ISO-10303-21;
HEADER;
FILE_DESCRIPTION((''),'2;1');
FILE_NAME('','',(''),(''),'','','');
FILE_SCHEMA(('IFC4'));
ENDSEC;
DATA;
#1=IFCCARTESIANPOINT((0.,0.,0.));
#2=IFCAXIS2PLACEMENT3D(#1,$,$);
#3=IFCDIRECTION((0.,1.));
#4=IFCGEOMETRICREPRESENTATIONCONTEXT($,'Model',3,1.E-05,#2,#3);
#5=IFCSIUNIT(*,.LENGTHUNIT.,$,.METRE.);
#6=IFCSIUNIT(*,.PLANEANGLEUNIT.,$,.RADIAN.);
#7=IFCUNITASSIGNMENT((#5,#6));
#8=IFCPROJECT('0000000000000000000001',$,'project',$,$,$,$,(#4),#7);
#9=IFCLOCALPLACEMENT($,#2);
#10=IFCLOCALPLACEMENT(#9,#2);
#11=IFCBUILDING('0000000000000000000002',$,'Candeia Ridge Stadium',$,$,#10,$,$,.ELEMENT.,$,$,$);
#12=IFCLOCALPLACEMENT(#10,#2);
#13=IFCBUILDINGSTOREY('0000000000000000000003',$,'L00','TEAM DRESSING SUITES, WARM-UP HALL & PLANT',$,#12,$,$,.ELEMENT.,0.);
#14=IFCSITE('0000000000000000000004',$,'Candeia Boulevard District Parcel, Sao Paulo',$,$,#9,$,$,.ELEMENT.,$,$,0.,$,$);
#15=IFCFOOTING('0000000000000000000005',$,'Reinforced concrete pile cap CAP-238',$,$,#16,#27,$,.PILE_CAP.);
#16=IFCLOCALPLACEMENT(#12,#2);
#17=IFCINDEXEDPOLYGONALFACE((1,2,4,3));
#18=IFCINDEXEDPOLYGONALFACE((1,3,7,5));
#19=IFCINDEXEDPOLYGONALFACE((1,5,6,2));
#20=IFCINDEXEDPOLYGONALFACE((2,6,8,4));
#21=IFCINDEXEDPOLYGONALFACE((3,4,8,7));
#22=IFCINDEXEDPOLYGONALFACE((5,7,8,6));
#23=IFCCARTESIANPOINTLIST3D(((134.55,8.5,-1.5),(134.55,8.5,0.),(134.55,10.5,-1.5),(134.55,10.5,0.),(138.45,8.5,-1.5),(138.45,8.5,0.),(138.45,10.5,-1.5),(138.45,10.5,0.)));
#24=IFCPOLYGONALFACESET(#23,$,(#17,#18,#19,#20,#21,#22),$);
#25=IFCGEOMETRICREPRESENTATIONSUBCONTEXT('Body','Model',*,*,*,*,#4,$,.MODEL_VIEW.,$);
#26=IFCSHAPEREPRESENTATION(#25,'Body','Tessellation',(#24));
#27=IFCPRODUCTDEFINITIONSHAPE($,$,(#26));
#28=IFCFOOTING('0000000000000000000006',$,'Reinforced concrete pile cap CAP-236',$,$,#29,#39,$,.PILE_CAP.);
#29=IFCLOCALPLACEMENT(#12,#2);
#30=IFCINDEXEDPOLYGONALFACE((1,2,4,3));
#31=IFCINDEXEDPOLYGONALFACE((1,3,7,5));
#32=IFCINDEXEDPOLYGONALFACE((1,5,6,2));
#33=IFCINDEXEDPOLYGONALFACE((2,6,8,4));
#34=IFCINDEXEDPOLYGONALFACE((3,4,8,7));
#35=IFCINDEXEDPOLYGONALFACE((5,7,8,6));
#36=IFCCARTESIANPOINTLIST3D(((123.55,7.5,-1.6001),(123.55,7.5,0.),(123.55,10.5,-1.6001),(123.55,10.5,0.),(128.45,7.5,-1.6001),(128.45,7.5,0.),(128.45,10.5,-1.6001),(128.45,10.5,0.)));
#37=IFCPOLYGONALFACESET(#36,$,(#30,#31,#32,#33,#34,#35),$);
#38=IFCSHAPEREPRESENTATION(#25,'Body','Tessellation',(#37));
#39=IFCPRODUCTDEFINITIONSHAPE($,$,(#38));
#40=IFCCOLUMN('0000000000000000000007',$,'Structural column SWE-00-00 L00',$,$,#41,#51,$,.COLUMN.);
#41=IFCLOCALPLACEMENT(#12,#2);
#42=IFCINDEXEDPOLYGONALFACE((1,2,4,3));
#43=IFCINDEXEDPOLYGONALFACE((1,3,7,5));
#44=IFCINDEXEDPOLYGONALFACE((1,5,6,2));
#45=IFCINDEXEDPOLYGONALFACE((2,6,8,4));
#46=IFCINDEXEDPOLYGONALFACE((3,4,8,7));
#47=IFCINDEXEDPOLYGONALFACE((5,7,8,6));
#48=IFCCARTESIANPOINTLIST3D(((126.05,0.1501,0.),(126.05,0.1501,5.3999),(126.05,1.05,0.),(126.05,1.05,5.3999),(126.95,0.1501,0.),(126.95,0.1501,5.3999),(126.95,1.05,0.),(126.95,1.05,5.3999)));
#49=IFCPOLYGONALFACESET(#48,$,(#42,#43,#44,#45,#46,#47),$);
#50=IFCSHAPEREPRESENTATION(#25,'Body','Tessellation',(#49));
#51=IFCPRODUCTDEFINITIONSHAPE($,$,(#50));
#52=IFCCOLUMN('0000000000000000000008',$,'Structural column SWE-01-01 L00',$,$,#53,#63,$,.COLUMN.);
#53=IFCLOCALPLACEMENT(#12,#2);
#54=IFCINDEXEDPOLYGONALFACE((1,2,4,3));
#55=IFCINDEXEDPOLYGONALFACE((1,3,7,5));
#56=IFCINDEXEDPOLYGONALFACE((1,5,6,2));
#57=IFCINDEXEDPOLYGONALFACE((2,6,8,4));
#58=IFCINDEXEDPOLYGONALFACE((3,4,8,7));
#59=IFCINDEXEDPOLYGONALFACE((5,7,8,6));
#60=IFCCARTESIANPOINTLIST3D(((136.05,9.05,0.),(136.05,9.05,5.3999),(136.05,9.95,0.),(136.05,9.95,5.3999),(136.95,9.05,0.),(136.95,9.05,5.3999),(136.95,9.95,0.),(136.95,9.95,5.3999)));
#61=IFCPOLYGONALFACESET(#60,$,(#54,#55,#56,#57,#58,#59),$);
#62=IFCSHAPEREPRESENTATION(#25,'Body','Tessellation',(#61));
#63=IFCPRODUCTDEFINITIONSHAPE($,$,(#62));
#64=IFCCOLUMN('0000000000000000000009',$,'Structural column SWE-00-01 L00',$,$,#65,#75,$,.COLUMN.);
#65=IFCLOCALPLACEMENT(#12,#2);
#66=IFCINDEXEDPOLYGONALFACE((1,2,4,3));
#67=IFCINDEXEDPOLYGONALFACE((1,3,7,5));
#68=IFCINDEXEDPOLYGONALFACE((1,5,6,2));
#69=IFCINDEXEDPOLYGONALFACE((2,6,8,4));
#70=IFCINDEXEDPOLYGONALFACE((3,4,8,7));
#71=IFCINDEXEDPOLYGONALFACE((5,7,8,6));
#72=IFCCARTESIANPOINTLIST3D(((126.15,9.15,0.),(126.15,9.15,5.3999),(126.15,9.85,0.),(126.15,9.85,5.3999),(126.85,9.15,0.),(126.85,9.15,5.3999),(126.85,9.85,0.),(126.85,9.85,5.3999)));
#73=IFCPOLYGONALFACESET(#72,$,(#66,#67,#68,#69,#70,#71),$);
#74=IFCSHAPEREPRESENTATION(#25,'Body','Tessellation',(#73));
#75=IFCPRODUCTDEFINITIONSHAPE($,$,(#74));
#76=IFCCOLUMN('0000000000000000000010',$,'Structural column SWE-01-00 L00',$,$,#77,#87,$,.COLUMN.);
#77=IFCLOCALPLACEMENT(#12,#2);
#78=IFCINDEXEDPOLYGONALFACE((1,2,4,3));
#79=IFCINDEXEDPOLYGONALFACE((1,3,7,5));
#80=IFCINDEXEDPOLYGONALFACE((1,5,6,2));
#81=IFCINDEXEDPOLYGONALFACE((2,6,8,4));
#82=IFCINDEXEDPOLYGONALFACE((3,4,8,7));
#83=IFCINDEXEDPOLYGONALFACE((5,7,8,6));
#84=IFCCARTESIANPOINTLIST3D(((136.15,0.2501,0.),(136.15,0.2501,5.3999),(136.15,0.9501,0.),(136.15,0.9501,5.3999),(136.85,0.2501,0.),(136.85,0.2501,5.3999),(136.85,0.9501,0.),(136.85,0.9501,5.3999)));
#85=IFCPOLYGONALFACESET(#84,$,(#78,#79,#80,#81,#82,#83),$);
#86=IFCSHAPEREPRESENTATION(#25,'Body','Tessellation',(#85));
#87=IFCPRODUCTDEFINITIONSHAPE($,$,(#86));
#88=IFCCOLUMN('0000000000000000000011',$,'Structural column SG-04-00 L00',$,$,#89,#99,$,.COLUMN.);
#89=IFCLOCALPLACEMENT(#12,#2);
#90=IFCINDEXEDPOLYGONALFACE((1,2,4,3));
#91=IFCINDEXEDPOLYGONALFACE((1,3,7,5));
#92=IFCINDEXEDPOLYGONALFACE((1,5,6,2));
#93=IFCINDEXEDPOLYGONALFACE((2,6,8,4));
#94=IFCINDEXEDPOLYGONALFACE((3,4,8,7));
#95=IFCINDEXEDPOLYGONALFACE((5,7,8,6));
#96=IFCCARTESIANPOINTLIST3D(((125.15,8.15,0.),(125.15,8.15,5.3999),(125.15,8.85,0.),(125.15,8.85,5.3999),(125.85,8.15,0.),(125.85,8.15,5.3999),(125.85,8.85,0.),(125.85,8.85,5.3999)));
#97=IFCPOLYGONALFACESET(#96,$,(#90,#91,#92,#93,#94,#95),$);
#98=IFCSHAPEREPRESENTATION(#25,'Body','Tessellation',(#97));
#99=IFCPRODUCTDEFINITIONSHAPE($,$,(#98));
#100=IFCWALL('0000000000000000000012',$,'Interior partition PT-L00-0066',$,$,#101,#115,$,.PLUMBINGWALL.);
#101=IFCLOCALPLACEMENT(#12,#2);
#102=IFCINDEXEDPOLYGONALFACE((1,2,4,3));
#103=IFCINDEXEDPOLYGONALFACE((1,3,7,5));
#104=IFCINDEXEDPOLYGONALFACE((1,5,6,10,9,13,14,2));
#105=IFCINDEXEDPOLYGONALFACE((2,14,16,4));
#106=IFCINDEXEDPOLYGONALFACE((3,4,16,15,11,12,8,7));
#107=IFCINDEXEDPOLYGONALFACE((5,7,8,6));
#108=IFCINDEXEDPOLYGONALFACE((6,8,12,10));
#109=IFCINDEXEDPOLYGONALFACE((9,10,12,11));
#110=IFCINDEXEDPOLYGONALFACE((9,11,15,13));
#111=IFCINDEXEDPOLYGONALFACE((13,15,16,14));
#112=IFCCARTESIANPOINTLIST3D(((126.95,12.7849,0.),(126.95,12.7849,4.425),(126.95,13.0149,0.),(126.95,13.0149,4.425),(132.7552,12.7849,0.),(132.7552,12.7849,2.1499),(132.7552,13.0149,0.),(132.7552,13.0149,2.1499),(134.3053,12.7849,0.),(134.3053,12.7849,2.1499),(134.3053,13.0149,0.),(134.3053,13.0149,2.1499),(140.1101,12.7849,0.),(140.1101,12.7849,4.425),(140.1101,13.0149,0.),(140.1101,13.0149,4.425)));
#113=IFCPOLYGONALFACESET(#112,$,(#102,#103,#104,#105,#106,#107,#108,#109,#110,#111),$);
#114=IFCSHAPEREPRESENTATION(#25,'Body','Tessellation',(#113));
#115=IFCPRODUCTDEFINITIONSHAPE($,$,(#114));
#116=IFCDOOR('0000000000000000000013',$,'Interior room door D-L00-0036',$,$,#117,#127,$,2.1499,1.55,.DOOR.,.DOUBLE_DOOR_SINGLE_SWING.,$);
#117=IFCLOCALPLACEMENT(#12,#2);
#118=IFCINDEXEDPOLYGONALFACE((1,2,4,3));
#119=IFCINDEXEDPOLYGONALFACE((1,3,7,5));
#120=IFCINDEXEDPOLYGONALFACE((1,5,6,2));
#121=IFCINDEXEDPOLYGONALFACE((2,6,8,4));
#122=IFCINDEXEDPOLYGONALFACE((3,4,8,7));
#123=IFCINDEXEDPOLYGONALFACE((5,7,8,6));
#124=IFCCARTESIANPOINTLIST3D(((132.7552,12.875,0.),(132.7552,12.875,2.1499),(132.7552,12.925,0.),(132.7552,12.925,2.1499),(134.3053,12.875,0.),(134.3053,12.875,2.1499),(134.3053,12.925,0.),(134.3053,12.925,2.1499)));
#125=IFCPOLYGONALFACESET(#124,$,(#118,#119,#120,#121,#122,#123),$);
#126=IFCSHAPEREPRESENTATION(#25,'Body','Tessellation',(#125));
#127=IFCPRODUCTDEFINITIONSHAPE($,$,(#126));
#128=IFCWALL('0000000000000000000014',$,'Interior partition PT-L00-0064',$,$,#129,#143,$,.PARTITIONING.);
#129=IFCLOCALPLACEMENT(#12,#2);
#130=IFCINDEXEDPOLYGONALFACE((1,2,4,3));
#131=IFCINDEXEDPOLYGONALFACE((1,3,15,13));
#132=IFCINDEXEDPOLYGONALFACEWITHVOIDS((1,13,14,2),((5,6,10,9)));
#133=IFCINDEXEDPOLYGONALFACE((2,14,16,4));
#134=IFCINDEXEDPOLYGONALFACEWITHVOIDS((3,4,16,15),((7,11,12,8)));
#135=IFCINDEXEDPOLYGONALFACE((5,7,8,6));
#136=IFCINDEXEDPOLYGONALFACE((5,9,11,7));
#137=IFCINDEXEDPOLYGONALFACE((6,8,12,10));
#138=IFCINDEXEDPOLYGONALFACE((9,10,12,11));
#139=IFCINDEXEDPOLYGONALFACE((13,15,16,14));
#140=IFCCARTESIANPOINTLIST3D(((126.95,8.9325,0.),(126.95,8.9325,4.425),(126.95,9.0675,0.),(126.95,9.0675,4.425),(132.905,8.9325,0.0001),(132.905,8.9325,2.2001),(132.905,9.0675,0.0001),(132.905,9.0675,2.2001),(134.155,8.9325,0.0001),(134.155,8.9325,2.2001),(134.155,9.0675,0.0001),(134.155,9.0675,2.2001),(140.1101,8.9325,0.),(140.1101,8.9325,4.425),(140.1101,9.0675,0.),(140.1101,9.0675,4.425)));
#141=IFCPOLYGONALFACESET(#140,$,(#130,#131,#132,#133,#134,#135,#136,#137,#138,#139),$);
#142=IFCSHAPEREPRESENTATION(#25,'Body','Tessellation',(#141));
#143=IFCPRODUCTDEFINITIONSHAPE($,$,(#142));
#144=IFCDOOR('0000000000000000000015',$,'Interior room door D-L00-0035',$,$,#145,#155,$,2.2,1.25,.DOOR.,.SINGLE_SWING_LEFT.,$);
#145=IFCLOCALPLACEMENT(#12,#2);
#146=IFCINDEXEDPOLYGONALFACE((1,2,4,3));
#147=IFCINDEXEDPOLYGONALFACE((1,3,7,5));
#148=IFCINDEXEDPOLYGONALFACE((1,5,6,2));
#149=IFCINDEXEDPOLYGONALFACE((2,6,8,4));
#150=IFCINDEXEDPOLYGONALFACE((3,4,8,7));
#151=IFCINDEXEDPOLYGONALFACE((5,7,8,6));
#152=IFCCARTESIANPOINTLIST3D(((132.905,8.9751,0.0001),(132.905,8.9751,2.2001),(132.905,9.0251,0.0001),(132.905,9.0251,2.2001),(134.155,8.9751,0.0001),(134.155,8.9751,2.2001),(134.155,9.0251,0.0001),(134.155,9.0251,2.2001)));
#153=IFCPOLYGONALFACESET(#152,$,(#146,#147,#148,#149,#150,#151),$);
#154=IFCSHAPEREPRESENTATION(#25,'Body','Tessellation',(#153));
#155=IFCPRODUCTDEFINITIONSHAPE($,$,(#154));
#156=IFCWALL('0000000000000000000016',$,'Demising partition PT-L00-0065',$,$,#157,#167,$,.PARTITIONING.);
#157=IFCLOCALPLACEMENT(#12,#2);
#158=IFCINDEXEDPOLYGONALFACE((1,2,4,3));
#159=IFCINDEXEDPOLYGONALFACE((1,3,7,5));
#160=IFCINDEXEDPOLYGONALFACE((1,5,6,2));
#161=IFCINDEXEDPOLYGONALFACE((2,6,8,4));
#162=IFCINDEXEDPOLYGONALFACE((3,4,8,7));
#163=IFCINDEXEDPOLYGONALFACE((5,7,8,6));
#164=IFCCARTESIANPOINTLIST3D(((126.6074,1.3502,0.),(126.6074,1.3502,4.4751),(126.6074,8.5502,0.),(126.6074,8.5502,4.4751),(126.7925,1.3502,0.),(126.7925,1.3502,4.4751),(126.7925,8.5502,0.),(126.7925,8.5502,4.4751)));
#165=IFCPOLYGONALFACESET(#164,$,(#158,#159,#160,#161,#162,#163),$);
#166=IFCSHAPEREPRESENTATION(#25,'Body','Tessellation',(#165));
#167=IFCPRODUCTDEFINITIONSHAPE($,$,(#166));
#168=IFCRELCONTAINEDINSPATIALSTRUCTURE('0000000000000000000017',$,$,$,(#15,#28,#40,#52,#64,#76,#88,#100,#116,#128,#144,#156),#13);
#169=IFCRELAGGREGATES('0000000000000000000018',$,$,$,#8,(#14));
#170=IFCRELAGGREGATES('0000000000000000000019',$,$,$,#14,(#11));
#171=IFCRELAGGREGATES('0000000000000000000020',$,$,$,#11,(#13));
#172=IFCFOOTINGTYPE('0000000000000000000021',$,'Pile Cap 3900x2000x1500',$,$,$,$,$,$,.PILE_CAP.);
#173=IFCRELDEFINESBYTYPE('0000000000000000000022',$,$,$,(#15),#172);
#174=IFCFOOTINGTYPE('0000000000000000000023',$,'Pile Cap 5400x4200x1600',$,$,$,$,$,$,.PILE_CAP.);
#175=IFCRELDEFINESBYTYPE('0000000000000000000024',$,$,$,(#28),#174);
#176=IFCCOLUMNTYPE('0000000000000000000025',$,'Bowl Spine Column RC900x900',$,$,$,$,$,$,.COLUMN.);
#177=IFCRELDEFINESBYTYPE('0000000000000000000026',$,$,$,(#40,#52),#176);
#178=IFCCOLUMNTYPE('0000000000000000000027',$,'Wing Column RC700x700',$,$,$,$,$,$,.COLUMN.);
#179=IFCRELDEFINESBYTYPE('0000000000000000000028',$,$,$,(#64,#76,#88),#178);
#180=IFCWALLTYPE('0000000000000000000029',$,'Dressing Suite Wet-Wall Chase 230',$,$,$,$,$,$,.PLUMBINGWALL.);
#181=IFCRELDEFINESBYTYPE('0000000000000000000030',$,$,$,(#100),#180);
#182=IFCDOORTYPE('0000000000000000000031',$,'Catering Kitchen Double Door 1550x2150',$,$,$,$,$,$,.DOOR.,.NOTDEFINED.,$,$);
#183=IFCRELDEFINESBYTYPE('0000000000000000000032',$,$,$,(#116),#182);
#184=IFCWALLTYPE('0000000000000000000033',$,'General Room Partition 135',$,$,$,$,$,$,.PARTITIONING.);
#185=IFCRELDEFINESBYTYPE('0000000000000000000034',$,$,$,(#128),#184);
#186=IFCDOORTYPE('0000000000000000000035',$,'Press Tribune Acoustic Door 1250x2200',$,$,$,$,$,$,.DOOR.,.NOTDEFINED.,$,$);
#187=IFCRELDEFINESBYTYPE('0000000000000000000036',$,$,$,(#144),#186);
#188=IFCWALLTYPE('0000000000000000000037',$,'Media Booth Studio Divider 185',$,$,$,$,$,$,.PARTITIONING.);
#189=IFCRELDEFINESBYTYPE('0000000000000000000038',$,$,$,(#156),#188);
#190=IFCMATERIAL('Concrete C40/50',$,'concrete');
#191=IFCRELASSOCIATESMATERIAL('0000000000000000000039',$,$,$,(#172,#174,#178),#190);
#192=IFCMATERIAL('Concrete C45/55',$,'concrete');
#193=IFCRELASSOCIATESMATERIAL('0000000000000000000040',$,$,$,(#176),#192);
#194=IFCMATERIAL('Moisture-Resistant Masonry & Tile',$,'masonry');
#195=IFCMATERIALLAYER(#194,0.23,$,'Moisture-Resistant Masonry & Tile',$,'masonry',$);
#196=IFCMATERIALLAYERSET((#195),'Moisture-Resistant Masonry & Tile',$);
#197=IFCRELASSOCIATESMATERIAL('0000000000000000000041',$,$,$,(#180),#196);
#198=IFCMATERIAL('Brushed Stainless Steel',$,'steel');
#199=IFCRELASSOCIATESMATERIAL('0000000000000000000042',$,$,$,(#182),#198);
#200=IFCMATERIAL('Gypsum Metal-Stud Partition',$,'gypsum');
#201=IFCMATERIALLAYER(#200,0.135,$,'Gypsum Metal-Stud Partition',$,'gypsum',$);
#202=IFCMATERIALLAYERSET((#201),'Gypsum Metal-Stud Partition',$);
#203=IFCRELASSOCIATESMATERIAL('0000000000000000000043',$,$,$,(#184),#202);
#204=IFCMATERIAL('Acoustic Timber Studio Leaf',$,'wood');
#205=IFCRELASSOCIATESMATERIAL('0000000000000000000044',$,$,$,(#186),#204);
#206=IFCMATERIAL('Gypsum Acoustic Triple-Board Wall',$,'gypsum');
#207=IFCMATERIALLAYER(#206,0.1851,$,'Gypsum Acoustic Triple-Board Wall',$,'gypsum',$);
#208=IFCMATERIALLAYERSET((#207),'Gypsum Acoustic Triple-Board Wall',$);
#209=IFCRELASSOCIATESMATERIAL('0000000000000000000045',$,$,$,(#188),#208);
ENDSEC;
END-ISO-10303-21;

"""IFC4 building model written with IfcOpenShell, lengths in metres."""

from ifc_helpers import new_model, si_unit, direction, frame, frame_2d, origin, origin_2d, place, context, subcontext, project, spatial, rectangle, extrude, material, layer, layer_set, material_profile, profile_set, type_object, element, fill, save


model = new_model("IFC4")

# Units and contexts
model_context = context("Model", 3, precision=1e-05, world=origin(), true_north=direction((0.0, 1.0)))
body_context = subcontext(model_context, "Body", "Model", "MODEL_VIEW")
ifc_project = project(units=[si_unit("LENGTHUNIT", "METRE"), si_unit("PLANEANGLEUNIT", "RADIAN")], contexts=[model_context])

# Site, building, storey
site_placement = place(None, origin())
site = spatial("IfcSite", under=ifc_project, at=site_placement, Name="Candeia Boulevard District Parcel, Sao Paulo", CompositionType="ELEMENT", RefElevation=0.0)
building_placement = place(site_placement, origin())
building = spatial("IfcBuilding", under=site, at=building_placement, Name="Candeia Ridge Stadium", CompositionType="ELEMENT")
storey_placement = place(building_placement, origin())
storey = spatial("IfcBuildingStorey", under=building, at=storey_placement, Name="L00", Description="TEAM DRESSING SUITES, WARM-UP HALL & PLANT", CompositionType="ELEMENT", Elevation=0.0)

# Shared definitions
ifc_material_1 = material(Name="Concrete C40/50", Category="concrete")

# Footings
footing_type_1 = type_object("IfcFootingType", Name="Pile Cap 3900x2000x1500", PredefinedType="PILE_CAP", material=ifc_material_1)
for number, where, z_axis, x_axis, name in (
    (1, (136.5, 9.5, -1.5), (0.0, 0.0, 1.0), (1.0, 0.0, 0.0), "Reinforced concrete pile cap CAP-238"),
):
    element("IfcFooting", number, at=place(storey_placement, frame(where, z_axis=z_axis, x_axis=x_axis)), inside=storey, type_object=footing_type_1, Name=name, PredefinedType="PILE_CAP", context=body_context, shape_type="SweptSolid", body=[
        extrude(rectangle(XDim=3.8999, YDim=2.0, at=origin_2d()), origin(), (0.0, 0.0, 1.0), 1.5),
    ])
footing_type_2 = type_object("IfcFootingType", Name="Pile Cap 5400x4200x1600", PredefinedType="PILE_CAP", material=ifc_material_1)
footing_1_placement = place(storey_placement, frame((126.0, 9.0, -1.6001), z_axis=(0.0, 0.0, 1.0), x_axis=(1.0, 0.0, 0.0)))
element("IfcFooting", 2, at=footing_1_placement, inside=storey, type_object=footing_type_2, Name="Reinforced concrete pile cap CAP-236", PredefinedType="PILE_CAP", context=body_context, shape_type="SweptSolid", body=[
    extrude(rectangle(XDim=4.8999, YDim=3.0, at=origin_2d()), origin(), (0.0, 0.0, 1.0), 1.6001),
])

# Columns
ifc_material_2 = material(Name="Concrete C45/55", Category="concrete")
ifc_material_profile_1 = material_profile(ifc_material_2, rectangle(XDim=0.8999, YDim=0.8999, at=origin_2d()), Name="RC900x900", Category="concrete")
ifc_profile_set_1 = profile_set([ifc_material_profile_1], Name="Concrete C45/55")
column_type_1 = type_object("IfcColumnType", Name="Bowl Spine Column RC900x900", PredefinedType="COLUMN", material=ifc_profile_set_1)
for number, where, z_axis, x_axis, name in (
    (3, (126.5, 0.6001, 0.0), (0.0, 0.0, 1.0), (1.0, 0.0, 0.0), "Structural column SWE-00-00 L00"),
    (4, (136.5, 9.5, 0.0), (0.0, 0.0, 1.0), (1.0, 0.0, 0.0), "Structural column SWE-01-01 L00"),
):
    element("IfcColumn", number, at=place(storey_placement, frame(where, z_axis=z_axis, x_axis=x_axis)), inside=storey, type_object=column_type_1, Name=name, PredefinedType="COLUMN", context=body_context, shape_type="SweptSolid", body=[
        extrude(rectangle(XDim=0.8999, YDim=0.8999, at=origin_2d()), origin(), (0.0, 0.0, 1.0), 5.3999),
    ])
ifc_material_profile_2 = material_profile(ifc_material_1, rectangle(XDim=0.7, YDim=0.7, at=origin_2d()), Name="RC700x700", Category="concrete")
ifc_profile_set_2 = profile_set([ifc_material_profile_2], Name="Concrete C40/50")
column_type_2 = type_object("IfcColumnType", Name="Wing Column RC700x700", PredefinedType="COLUMN", material=ifc_profile_set_2)
for number, where, z_axis, x_axis, name in (
    (5, (126.5, 9.5, 0.0), (0.0, 0.0, 1.0), (1.0, 0.0, 0.0), "Structural column SWE-00-01 L00"),
    (6, (136.5, 0.6001, 0.0), (0.0, 0.0, 1.0), (1.0, 0.0, 0.0), "Structural column SWE-01-00 L00"),
    (7, (125.5, 8.5, 0.0), (0.0, 0.0, 1.0), (1.0, 0.0, 0.0), "Structural column SG-04-00 L00"),
):
    element("IfcColumn", number, at=place(storey_placement, frame(where, z_axis=z_axis, x_axis=x_axis)), inside=storey, type_object=column_type_2, Name=name, PredefinedType="COLUMN", context=body_context, shape_type="SweptSolid", body=[
        extrude(rectangle(XDim=0.7, YDim=0.7, at=origin_2d()), origin(), (0.0, 0.0, 1.0), 5.3999),
    ])

# Walls, openings, doors
ifc_material_3 = material(Name="Moisture-Resistant Masonry & Tile", Category="masonry")
ifc_layer_1 = layer(ifc_material_3, 0.23, Name="Moisture-Resistant Masonry & Tile", Category="masonry")
ifc_layer_set_1 = layer_set([ifc_layer_1], Name="Moisture-Resistant Masonry & Tile")
wall_type_1 = type_object("IfcWallType", Name="Dressing Suite Wet-Wall Chase 230", PredefinedType="PLUMBINGWALL", material=ifc_layer_set_1)
wall_1_placement = place(storey_placement, frame((140.1101, 12.8999, 0.0), z_axis=(0.0, 0.0, 1.0), x_axis=(-1.0, 0.0, 0.0)))
wall_1 = element("IfcWall", 8, at=wall_1_placement, inside=storey, type_object=wall_type_1, Name="Interior partition PT-L00-0066", PredefinedType="PLUMBINGWALL", context=body_context, shape_type="SweptSolid", body=[
    extrude(rectangle(XDim=13.1602, YDim=0.23, at=frame_2d((6.5801, 0.0))), origin(), (0.0, 0.0, 1.0), 4.425),
])
opening_1_placement = place(wall_1_placement, frame((5.8049, 0.0, 0.0)))
opening_1 = element("IfcOpeningElement", 9, at=opening_1_placement, cuts=wall_1, PredefinedType="OPENING", context=body_context, shape_type="SweptSolid", body=[
    extrude(rectangle(XDim=1.55, YDim=2.1499, at=frame_2d((0.7749, 1.075))), frame((0.0, 0.125, 0.0), z_axis=(0.0, -1.0, 0.0), x_axis=(1.0, 0.0, 0.0)), (0.0, 0.0, 1.0), 0.25),
])
ifc_material_4 = material(Name="Brushed Stainless Steel", Category="steel")
door_type_1 = type_object("IfcDoorType", Name="Catering Kitchen Double Door 1550x2150", OperationType="NOTDEFINED", PredefinedType="DOOR", material=ifc_material_4)
door_1_placement = place(opening_1_placement, origin())
door_1 = element("IfcDoor", 10, at=door_1_placement, inside=storey, type_object=door_type_1, Name="Interior room door D-L00-0036", OperationType="DOUBLE_DOOR_SINGLE_SWING", OverallHeight=2.1499, OverallWidth=1.55, PredefinedType="DOOR", context=body_context, shape_type="SweptSolid", body=[
    extrude(rectangle(XDim=1.55, YDim=2.1499, at=frame_2d((0.7749, 1.075))), frame((0.0, 0.0249, 0.0), z_axis=(0.0, -1.0, 0.0), x_axis=(1.0, 0.0, 0.0)), (0.0, 0.0, 1.0), 0.05),
])
fill(opening_1, door_1)
ifc_material_5 = material(Name="Gypsum Metal-Stud Partition", Category="gypsum")
ifc_layer_2 = layer(ifc_material_5, 0.135, Name="Gypsum Metal-Stud Partition", Category="gypsum")
ifc_layer_set_2 = layer_set([ifc_layer_2], Name="Gypsum Metal-Stud Partition")
wall_type_2 = type_object("IfcWallType", Name="General Room Partition 135", PredefinedType="PARTITIONING", material=ifc_layer_set_2)
wall_2_placement = place(storey_placement, frame((126.95, 9.0, 0.0), z_axis=(0.0, 0.0, 1.0), x_axis=(1.0, 0.0, 0.0)))
wall_2 = element("IfcWall", 11, at=wall_2_placement, inside=storey, type_object=wall_type_2, Name="Interior partition PT-L00-0064", PredefinedType="PARTITIONING", context=body_context, shape_type="SweptSolid", body=[
    extrude(rectangle(XDim=13.1602, YDim=0.135, at=frame_2d((6.5801, 0.0))), origin(), (0.0, 0.0, 1.0), 4.425),
])
opening_2_placement = place(wall_2_placement, frame((5.9551, 0.0, 0.0)))
opening_2 = element("IfcOpeningElement", 12, at=opening_2_placement, cuts=wall_2, PredefinedType="OPENING", context=body_context, shape_type="SweptSolid", body=[
    extrude(rectangle(XDim=1.25, YDim=2.2, at=frame_2d((0.625, 1.1001))), frame((0.0, 0.0774, 0.0), z_axis=(0.0, -1.0, 0.0), x_axis=(1.0, 0.0, 0.0)), (0.0, 0.0, 1.0), 0.155),
])
ifc_material_6 = material(Name="Acoustic Timber Studio Leaf", Category="wood")
door_type_2 = type_object("IfcDoorType", Name="Press Tribune Acoustic Door 1250x2200", OperationType="NOTDEFINED", PredefinedType="DOOR", material=ifc_material_6)
door_2_placement = place(opening_2_placement, frame((1.25, 0.0, 0.0), z_axis=(0.0, 0.0, 1.0), x_axis=(-1.0, 0.0, 0.0)))
door_2 = element("IfcDoor", 13, at=door_2_placement, inside=storey, type_object=door_type_2, Name="Interior room door D-L00-0035", OperationType="SINGLE_SWING_LEFT", OverallHeight=2.2, OverallWidth=1.25, PredefinedType="DOOR", context=body_context, shape_type="SweptSolid", body=[
    extrude(rectangle(XDim=1.25, YDim=2.2, at=frame_2d((0.625, 1.1001))), frame((0.0, 0.0249, 0.0), z_axis=(0.0, -1.0, 0.0), x_axis=(1.0, 0.0, 0.0)), (0.0, 0.0, 1.0), 0.05),
])
fill(opening_2, door_2)

# Wall
ifc_material_7 = material(Name="Gypsum Acoustic Triple-Board Wall", Category="gypsum")
ifc_layer_3 = layer(ifc_material_7, 0.1851, Name="Gypsum Acoustic Triple-Board Wall", Category="gypsum")
ifc_layer_set_3 = layer_set([ifc_layer_3], Name="Gypsum Acoustic Triple-Board Wall")
wall_type_3 = type_object("IfcWallType", Name="Media Booth Studio Divider 185", PredefinedType="PARTITIONING", material=ifc_layer_set_3)
wall_3_placement = place(storey_placement, frame((126.7, 1.3501, 0.0), z_axis=(0.0, 0.0, 1.0), x_axis=(0.0, 1.0, 0.0)))
element("IfcWall", 14, at=wall_3_placement, inside=storey, type_object=wall_type_3, Name="Demising partition PT-L00-0065", PredefinedType="PARTITIONING", context=body_context, shape_type="SweptSolid", body=[
    extrude(rectangle(XDim=7.2, YDim=0.1851, at=frame_2d((3.6001, 0.0))), origin(), (0.0, 0.0, 1.0), 4.4751),
])

save(model, "model.ifc")
